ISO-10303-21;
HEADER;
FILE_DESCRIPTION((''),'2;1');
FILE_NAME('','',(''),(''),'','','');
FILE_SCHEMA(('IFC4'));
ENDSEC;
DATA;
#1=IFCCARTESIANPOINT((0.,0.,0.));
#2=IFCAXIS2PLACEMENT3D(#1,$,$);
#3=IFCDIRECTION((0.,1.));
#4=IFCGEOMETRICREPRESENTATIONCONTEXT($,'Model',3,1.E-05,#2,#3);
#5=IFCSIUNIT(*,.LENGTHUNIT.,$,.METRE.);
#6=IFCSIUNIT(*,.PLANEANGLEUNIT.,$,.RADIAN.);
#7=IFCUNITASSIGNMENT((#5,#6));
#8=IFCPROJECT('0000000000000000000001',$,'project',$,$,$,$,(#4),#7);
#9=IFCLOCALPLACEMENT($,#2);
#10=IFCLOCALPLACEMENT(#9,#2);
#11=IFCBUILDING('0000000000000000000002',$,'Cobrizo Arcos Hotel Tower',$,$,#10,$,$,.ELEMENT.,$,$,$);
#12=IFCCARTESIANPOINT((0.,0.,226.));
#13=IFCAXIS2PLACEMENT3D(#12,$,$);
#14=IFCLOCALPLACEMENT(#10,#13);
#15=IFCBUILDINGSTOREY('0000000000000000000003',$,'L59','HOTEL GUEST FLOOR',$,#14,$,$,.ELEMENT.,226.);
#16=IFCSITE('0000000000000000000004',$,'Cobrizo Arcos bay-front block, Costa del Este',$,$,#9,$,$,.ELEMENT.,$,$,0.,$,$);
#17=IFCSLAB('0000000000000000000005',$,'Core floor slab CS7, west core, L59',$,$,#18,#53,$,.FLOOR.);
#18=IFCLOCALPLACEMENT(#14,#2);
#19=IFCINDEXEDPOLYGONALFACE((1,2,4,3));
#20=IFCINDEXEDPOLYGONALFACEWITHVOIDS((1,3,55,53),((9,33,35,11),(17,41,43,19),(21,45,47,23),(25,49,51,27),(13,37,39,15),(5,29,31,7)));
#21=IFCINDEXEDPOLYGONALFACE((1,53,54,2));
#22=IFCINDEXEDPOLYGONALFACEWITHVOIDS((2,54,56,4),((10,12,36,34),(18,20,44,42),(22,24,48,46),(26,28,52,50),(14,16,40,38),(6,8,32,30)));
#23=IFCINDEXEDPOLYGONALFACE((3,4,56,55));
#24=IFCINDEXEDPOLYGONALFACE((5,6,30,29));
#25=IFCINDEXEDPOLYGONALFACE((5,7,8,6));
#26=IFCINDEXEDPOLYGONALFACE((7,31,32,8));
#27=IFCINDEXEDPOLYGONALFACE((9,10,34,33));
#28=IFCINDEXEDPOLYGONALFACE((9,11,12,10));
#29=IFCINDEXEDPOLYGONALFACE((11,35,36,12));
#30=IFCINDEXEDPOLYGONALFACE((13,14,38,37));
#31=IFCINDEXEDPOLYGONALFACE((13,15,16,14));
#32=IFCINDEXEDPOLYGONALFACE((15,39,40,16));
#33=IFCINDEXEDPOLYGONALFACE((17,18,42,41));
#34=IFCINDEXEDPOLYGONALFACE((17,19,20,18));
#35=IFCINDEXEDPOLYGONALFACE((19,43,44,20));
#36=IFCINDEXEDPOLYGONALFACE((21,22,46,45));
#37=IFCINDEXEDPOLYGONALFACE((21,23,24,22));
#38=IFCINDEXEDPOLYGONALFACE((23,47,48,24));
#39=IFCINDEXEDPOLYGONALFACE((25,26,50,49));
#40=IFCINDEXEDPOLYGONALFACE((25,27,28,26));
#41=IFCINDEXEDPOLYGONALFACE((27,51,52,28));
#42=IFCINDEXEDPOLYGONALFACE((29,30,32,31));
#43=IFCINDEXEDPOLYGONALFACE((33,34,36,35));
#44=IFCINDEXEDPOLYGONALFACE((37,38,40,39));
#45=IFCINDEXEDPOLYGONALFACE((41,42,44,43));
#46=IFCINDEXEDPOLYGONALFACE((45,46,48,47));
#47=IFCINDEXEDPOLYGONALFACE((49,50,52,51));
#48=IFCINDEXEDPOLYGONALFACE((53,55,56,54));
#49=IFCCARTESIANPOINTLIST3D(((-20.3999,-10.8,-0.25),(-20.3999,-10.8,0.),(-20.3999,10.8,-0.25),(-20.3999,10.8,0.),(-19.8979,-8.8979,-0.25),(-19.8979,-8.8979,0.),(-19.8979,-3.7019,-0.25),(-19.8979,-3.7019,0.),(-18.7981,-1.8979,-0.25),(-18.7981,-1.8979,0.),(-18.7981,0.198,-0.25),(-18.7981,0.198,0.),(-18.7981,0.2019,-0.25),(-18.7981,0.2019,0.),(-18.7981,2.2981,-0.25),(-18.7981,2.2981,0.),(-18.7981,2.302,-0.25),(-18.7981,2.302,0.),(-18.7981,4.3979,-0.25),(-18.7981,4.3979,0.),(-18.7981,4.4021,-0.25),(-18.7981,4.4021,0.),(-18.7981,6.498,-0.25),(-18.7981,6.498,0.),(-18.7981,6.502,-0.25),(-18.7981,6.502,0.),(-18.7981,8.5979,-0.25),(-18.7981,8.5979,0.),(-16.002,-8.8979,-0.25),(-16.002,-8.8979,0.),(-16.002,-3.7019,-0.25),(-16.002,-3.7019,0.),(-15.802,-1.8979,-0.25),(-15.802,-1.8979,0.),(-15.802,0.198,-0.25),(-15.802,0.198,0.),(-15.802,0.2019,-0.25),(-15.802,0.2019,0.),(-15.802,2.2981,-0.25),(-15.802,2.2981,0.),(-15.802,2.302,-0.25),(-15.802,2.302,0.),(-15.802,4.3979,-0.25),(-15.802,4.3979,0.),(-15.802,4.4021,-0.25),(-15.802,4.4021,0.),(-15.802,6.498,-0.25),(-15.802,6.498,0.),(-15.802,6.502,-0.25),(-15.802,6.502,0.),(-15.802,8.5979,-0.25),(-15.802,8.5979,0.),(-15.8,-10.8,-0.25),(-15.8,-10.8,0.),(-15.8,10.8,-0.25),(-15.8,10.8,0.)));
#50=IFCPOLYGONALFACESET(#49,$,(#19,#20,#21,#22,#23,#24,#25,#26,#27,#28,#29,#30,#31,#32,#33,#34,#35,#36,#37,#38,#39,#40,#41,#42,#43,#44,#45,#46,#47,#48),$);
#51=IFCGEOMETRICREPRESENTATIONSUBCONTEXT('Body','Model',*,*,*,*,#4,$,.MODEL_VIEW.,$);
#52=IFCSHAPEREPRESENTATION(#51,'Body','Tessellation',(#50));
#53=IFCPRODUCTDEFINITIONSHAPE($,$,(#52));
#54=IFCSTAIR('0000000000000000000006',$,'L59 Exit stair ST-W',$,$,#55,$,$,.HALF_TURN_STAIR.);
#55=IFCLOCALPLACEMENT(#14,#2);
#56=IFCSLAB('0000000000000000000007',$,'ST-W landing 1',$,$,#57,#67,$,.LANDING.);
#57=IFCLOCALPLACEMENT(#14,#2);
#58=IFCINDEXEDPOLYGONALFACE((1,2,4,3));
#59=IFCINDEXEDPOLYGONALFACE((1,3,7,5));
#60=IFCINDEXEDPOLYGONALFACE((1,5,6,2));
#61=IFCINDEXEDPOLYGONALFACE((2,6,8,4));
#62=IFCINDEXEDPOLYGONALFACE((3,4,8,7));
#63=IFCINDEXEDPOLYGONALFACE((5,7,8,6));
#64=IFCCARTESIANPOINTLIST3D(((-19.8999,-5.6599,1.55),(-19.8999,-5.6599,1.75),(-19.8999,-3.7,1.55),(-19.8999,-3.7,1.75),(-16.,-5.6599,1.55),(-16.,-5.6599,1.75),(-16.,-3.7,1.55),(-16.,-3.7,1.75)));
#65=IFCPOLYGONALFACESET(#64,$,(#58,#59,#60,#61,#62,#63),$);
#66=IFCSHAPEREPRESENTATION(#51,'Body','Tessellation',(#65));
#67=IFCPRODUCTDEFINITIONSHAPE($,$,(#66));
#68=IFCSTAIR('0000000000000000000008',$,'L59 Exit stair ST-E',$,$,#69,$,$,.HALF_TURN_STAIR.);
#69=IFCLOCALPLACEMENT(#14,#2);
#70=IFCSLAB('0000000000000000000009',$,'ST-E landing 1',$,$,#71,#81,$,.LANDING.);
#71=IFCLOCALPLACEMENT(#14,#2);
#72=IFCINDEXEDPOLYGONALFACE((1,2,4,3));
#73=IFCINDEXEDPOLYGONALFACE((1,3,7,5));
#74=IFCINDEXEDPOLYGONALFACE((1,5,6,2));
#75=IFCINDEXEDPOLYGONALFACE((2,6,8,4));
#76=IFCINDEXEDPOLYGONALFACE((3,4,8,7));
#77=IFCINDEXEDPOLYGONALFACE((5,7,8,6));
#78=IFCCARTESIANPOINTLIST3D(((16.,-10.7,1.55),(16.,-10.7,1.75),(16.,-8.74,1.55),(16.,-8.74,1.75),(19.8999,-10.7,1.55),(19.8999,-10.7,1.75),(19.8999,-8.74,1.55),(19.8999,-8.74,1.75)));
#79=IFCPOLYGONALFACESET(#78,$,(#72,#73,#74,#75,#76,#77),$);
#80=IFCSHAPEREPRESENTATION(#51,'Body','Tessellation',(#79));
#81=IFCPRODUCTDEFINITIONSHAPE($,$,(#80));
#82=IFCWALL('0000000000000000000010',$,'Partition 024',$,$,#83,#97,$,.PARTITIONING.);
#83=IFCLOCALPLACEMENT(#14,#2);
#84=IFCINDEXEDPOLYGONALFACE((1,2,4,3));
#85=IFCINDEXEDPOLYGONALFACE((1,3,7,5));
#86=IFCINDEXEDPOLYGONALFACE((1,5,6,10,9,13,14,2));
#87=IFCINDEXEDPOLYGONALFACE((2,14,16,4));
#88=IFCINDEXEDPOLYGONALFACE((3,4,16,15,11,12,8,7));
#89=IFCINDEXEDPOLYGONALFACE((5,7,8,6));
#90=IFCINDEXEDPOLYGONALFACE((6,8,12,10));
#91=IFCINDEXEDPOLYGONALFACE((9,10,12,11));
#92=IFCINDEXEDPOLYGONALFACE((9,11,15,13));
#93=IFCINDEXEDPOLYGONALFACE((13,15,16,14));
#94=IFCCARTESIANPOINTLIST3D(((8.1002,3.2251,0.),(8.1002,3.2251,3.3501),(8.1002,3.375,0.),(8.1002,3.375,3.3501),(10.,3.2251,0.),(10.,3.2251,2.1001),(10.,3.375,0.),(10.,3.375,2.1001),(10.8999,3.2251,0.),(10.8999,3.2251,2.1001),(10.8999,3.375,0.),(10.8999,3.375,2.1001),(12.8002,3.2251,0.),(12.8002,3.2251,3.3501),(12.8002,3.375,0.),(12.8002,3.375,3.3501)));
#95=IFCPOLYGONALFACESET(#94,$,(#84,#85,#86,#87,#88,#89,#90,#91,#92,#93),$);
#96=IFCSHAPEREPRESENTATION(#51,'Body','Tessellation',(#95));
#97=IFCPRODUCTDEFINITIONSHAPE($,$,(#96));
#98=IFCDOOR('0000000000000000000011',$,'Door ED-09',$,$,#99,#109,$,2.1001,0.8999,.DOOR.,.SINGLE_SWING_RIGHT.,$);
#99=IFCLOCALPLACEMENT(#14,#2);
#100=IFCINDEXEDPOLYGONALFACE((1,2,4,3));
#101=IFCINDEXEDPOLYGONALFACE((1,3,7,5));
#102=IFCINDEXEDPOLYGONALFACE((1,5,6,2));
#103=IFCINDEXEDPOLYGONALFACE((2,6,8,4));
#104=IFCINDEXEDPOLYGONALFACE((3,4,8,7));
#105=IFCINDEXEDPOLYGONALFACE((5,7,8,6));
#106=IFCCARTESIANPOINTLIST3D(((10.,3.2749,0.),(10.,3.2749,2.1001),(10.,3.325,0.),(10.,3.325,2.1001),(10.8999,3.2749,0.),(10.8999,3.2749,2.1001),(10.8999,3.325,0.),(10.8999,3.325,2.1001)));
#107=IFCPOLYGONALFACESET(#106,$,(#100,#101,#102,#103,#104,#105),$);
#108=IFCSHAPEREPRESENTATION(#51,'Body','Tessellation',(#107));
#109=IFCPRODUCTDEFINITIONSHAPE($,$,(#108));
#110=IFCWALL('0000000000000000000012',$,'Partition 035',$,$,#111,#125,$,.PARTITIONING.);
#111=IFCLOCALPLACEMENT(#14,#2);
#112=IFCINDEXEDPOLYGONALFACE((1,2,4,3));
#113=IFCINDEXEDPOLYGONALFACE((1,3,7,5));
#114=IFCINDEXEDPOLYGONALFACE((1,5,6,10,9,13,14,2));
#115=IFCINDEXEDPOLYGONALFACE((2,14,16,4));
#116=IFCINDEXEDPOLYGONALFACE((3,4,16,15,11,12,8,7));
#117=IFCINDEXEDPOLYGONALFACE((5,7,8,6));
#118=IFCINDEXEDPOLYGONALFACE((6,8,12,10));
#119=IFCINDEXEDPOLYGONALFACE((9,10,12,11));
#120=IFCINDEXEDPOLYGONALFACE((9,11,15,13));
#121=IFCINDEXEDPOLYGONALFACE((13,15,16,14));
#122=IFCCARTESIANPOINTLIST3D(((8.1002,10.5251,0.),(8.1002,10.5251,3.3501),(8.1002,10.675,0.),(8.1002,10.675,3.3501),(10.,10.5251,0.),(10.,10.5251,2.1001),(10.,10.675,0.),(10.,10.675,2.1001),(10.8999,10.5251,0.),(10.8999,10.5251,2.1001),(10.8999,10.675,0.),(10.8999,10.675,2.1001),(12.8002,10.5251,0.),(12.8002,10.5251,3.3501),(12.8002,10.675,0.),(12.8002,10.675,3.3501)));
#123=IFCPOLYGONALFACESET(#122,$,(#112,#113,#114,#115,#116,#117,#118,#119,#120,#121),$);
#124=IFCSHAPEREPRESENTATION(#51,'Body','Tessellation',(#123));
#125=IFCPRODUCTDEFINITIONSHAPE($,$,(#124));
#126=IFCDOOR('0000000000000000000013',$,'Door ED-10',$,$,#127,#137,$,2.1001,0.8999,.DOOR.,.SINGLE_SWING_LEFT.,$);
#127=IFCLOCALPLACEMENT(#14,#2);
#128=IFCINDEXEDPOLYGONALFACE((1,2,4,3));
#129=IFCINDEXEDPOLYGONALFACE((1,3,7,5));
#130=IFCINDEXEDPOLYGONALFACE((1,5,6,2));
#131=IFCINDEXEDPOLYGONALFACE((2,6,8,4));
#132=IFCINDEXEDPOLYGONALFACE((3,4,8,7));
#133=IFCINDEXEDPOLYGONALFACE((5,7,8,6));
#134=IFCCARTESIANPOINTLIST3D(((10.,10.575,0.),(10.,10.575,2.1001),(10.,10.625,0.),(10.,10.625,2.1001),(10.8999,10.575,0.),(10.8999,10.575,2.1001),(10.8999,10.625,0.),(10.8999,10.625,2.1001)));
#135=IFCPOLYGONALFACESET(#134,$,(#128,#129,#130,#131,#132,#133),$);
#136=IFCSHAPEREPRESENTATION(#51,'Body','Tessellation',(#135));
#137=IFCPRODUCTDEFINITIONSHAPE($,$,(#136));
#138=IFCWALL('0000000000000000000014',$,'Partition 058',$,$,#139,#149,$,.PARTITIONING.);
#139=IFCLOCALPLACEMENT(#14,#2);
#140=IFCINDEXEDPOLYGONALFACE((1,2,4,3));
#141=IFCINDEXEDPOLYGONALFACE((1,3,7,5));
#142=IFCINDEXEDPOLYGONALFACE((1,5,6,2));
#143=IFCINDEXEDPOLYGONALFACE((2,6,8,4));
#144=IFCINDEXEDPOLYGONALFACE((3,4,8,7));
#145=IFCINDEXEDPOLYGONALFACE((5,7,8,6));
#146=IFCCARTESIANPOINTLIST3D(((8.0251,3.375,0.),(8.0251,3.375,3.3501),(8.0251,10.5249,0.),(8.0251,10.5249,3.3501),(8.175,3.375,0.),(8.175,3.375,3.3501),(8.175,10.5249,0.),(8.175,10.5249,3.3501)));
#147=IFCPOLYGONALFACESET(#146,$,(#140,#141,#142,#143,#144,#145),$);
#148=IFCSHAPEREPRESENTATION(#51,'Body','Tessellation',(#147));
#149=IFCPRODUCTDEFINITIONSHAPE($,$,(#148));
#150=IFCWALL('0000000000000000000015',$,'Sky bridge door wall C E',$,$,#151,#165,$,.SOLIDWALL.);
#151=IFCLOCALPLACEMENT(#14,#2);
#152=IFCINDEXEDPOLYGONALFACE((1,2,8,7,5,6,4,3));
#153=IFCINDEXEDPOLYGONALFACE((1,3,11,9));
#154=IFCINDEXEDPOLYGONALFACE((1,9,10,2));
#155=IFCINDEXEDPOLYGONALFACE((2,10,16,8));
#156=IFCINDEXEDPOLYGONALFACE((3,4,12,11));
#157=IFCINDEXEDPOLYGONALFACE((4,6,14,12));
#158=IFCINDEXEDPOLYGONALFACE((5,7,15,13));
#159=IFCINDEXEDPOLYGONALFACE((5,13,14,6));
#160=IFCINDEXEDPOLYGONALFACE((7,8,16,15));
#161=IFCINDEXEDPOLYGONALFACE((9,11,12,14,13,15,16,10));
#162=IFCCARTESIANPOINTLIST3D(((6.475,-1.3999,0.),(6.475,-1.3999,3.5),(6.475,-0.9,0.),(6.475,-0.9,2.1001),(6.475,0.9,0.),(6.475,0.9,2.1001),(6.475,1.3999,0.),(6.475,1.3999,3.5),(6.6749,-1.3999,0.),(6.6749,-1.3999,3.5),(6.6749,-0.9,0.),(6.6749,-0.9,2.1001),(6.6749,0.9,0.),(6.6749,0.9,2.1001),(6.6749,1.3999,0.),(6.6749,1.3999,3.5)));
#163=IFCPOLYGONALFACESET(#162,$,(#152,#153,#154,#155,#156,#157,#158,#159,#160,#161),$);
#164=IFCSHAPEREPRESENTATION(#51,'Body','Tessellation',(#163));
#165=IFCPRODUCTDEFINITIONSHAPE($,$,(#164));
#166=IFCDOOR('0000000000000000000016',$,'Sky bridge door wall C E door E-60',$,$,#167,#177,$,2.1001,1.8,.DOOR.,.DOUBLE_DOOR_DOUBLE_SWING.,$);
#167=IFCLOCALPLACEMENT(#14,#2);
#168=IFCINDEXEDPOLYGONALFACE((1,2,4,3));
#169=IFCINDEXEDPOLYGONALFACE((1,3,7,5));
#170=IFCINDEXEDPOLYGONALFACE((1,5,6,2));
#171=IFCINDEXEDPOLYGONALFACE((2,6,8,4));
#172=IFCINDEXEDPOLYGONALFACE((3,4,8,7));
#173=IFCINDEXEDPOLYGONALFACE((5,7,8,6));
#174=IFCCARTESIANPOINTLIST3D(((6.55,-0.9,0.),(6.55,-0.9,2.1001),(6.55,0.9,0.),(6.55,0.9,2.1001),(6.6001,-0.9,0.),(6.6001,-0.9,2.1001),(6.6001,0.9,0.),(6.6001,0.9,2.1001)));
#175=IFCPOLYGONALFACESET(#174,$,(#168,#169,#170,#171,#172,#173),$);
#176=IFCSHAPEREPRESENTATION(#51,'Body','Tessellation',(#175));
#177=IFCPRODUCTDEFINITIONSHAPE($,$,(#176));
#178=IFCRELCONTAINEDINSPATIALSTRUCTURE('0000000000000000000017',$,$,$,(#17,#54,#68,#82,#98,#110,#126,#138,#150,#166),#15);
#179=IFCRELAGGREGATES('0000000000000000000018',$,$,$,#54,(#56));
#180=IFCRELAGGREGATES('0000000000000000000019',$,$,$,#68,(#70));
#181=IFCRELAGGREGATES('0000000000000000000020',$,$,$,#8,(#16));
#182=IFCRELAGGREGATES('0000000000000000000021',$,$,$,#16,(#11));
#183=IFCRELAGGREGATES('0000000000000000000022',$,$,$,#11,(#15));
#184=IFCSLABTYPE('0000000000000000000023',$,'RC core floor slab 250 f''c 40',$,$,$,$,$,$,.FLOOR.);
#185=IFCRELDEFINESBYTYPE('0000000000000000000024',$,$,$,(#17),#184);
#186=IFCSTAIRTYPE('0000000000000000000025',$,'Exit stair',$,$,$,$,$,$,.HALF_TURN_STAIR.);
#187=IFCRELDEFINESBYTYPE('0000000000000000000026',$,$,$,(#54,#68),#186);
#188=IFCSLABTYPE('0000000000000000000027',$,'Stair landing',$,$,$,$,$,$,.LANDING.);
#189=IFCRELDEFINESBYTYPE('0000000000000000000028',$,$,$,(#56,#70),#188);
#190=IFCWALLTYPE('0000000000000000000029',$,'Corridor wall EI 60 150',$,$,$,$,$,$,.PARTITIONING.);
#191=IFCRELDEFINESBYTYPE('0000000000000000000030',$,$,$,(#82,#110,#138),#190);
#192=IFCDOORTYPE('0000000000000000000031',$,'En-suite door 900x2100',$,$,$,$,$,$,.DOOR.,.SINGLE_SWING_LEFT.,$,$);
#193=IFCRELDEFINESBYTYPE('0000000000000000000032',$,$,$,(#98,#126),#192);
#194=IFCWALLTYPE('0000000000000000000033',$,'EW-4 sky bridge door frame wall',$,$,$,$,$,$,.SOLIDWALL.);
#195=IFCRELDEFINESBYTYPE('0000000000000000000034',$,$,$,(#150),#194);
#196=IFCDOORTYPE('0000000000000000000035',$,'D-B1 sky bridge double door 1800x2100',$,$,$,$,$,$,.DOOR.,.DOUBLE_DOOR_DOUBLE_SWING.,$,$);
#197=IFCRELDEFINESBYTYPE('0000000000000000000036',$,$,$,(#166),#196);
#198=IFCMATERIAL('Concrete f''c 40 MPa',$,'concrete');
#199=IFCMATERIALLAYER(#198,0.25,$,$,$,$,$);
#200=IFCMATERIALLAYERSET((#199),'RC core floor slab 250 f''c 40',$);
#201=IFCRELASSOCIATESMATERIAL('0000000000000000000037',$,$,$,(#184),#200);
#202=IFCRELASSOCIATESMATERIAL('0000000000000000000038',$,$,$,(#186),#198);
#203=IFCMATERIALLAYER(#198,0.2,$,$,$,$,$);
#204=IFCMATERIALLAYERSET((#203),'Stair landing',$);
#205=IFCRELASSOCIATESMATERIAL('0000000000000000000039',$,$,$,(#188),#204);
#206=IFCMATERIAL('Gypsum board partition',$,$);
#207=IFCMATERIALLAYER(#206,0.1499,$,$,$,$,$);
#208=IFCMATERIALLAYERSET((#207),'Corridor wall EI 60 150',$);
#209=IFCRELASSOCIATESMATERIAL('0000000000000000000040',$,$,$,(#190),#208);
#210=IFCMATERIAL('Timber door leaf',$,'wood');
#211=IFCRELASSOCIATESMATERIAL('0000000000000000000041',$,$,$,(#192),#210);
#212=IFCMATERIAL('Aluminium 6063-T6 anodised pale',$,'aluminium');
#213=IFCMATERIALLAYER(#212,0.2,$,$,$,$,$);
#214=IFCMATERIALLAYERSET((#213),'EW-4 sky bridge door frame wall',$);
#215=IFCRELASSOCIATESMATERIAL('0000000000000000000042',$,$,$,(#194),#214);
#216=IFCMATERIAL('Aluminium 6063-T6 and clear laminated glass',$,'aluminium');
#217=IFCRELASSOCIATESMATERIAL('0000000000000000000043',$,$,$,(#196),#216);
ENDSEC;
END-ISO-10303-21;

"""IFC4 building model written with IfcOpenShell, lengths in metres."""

from ifc_helpers import new_model, si_unit, direction, frame, frame_2d, origin, place, context, subcontext, project, spatial, polyline, rectangle, outline, extrude, material, layer, layer_set, type_object, element, fill, aggregate, save


model = new_model("IFC4")

# Units and contexts
model_context = context("Model", 3, precision=1e-05, world=origin(), true_north=direction((0.0, 1.0)))
body_context = subcontext(model_context, "Body", "Model", "MODEL_VIEW")
ifc_project = project(units=[si_unit("LENGTHUNIT", "METRE"), si_unit("PLANEANGLEUNIT", "RADIAN")], contexts=[model_context])

# Site, building, storey
site_placement = place(None, origin())
site = spatial("IfcSite", under=ifc_project, at=site_placement, Name="Cobrizo Arcos bay-front block, Costa del Este", CompositionType="ELEMENT", RefElevation=0.0)
building_placement = place(site_placement, origin())
building = spatial("IfcBuilding", under=site, at=building_placement, Name="Cobrizo Arcos Hotel Tower", CompositionType="ELEMENT")
storey_placement = place(building_placement, frame((0.0, 0.0, 226.0)))
storey = spatial("IfcBuildingStorey", under=building, at=storey_placement, Name="L59", Description="HOTEL GUEST FLOOR", CompositionType="ELEMENT", Elevation=226.0)

# Slab
ifc_material_1 = material(Name="Concrete f'c 40 MPa", Category="concrete")
ifc_layer_1 = layer(ifc_material_1, 0.25)
ifc_layer_set_1 = layer_set([ifc_layer_1], Name="RC core floor slab 250 f'c 40")
slab_type_1 = type_object("IfcSlabType", Name="RC core floor slab 250 f'c 40", PredefinedType="FLOOR", material=ifc_layer_set_1)
slab_1_placement = place(storey_placement, frame((0.0, 0.0, -0.25)))
element("IfcSlab", 1, at=slab_1_placement, inside=storey, type_object=slab_type_1, Name="Core floor slab CS7, west core, L59", PredefinedType="FLOOR", context=body_context, shape_type="SweptSolid", body=[
    extrude(outline(polyline([(-20.3999, 10.8), (-15.8, 10.8), (-15.8, -10.8), (-20.3999, -10.8), (-20.3999, 10.8)]), holes=[polyline([(-19.8979, -3.7019), (-19.8979, -8.8979), (-16.002, -8.8979), (-16.002, -3.7019), (-19.8979, -3.7019)]), polyline([(-18.7981, 0.198), (-18.7981, -1.8979), (-15.802, -1.8979), (-15.802, 0.198), (-18.7981, 0.198)]), polyline([(-18.7981, 2.2981), (-18.7981, 0.2019), (-15.802, 0.2019), (-15.802, 2.2981), (-18.7981, 2.2981)]), polyline([(-18.7981, 4.3979), (-18.7981, 2.302), (-15.802, 2.302), (-15.802, 4.3979), (-18.7981, 4.3979)]), polyline([(-15.802, 6.498), (-18.7981, 6.498), (-18.7981, 4.4021), (-15.802, 4.4021), (-15.802, 6.498)]), polyline([(-15.802, 8.5979), (-18.7981, 8.5979), (-18.7981, 6.502), (-15.802, 6.502), (-15.802, 8.5979)])]), origin(), (0.0, 0.0, 1.0), 0.25),
])

# Stairs, slabs
stair_type = type_object("IfcStairType", Name="Exit stair", PredefinedType="HALF_TURN_STAIR", material=ifc_material_1)
stair_1_placement = place(storey_placement, origin())
stair_1 = element("IfcStair", 2, at=stair_1_placement, inside=storey, type_object=stair_type, Name="L59 Exit stair ST-W", PredefinedType="HALF_TURN_STAIR")
ifc_layer_2 = layer(ifc_material_1, 0.2)
ifc_layer_set_2 = layer_set([ifc_layer_2], Name="Stair landing")
slab_type_2 = type_object("IfcSlabType", Name="Stair landing", PredefinedType="LANDING", material=ifc_layer_set_2)
slab_2_placement = place(storey_placement, frame((0.0, 0.0, 1.55)))
slab_2 = element("IfcSlab", 3, at=slab_2_placement, type_object=slab_type_2, Name="ST-W landing 1", PredefinedType="LANDING", context=body_context, shape_type="SweptSolid", body=[
    extrude(outline(polyline([(-16.0, -5.6599), (-16.0, -3.7), (-19.8999, -3.7), (-19.8999, -5.6599), (-16.0, -5.6599)])), origin(), (0.0, 0.0, 1.0), 0.2),
])
aggregate(stair_1, [slab_2])
stair_2_placement = place(storey_placement, origin())
stair_2 = element("IfcStair", 4, at=stair_2_placement, inside=storey, type_object=stair_type, Name="L59 Exit stair ST-E", PredefinedType="HALF_TURN_STAIR")
slab_3_placement = place(storey_placement, frame((0.0, 0.0, 1.55)))
slab_3 = element("IfcSlab", 5, at=slab_3_placement, type_object=slab_type_2, Name="ST-E landing 1", PredefinedType="LANDING", context=body_context, shape_type="SweptSolid", body=[
    extrude(outline(polyline([(16.0, -8.74), (16.0, -10.7), (19.8999, -10.7), (19.8999, -8.74), (16.0, -8.74)])), origin(), (0.0, 0.0, 1.0), 0.2),
])
aggregate(stair_2, [slab_3])

# Walls, openings, doors
ifc_material_2 = material(Name="Gypsum board partition")
ifc_layer_3 = layer(ifc_material_2, 0.1499)
ifc_layer_set_3 = layer_set([ifc_layer_3], Name="Corridor wall EI 60 150")
wall_type_1 = type_object("IfcWallType", Name="Corridor wall EI 60 150", PredefinedType="PARTITIONING", material=ifc_layer_set_3)
wall_1_placement = place(storey_placement, frame((8.1001, 3.3, 0.0), z_axis=(0.0, 0.0, 1.0), x_axis=(1.0, 0.0, 0.0)))
wall_1 = element("IfcWall", 6, at=wall_1_placement, inside=storey, type_object=wall_type_1, Name="Partition 024", PredefinedType="PARTITIONING", context=body_context, shape_type="SweptSolid", body=[
    extrude(rectangle(XDim=4.7, YDim=0.1499, at=frame_2d((2.3501, 0.0))), origin(), (0.0, 0.0, 1.0), 3.3501),
])
opening_1_placement = place(wall_1_placement, frame((1.8999, 0.0, 0.0)))
opening_1 = element("IfcOpeningElement", 7, at=opening_1_placement, cuts=wall_1, PredefinedType="OPENING", context=body_context, shape_type="SweptSolid", body=[
    extrude(rectangle(XDim=0.8999, YDim=2.1001, at=frame_2d((0.45, 1.05))), frame((0.0, 0.0869, 0.0), z_axis=(0.0, -1.0, 0.0), x_axis=(1.0, 0.0, 0.0)), (0.0, 0.0, 1.0), 0.1738),
])
ifc_material_3 = material(Name="Timber door leaf", Category="wood")
door_type_1 = type_object("IfcDoorType", Name="En-suite door 900x2100", OperationType="SINGLE_SWING_LEFT", PredefinedType="DOOR", material=ifc_material_3)
door_1_placement = place(opening_1_placement, origin())
door_1 = element("IfcDoor", 8, at=door_1_placement, inside=storey, type_object=door_type_1, Name="Door ED-09", OperationType="SINGLE_SWING_RIGHT", OverallHeight=2.1001, OverallWidth=0.8999, PredefinedType="DOOR", context=body_context, shape_type="SweptSolid", body=[
    extrude(rectangle(XDim=0.8999, YDim=2.1001, at=frame_2d((0.45, 1.05))), frame((0.0, 0.0249, 0.0), z_axis=(0.0, -1.0, 0.0), x_axis=(1.0, 0.0, 0.0)), (0.0, 0.0, 1.0), 0.05),
])
fill(opening_1, door_1)
wall_2_placement = place(storey_placement, frame((8.1001, 10.6001, 0.0), z_axis=(0.0, 0.0, 1.0), x_axis=(1.0, 0.0, 0.0)))
wall_2 = element("IfcWall", 9, at=wall_2_placement, inside=storey, type_object=wall_type_1, Name="Partition 035", PredefinedType="PARTITIONING", context=body_context, shape_type="SweptSolid", body=[
    extrude(rectangle(XDim=4.7, YDim=0.1499, at=frame_2d((2.3501, 0.0))), origin(), (0.0, 0.0, 1.0), 3.3501),
])
opening_2_placement = place(wall_2_placement, frame((1.8999, 0.0, 0.0)))
opening_2 = element("IfcOpeningElement", 10, at=opening_2_placement, cuts=wall_2, PredefinedType="OPENING", context=body_context, shape_type="SweptSolid", body=[
    extrude(rectangle(XDim=0.8999, YDim=2.1001, at=frame_2d((0.45, 1.05))), frame((0.0, 0.0869, 0.0), z_axis=(0.0, -1.0, 0.0), x_axis=(1.0, 0.0, 0.0)), (0.0, 0.0, 1.0), 0.1738),
])
door_2_placement = place(opening_2_placement, origin())
door_2 = element("IfcDoor", 11, at=door_2_placement, inside=storey, type_object=door_type_1, Name="Door ED-10", OperationType="SINGLE_SWING_LEFT", OverallHeight=2.1001, OverallWidth=0.8999, PredefinedType="DOOR", context=body_context, shape_type="SweptSolid", body=[
    extrude(rectangle(XDim=0.8999, YDim=2.1001, at=frame_2d((0.45, 1.05))), frame((0.0, 0.0249, 0.0), z_axis=(0.0, -1.0, 0.0), x_axis=(1.0, 0.0, 0.0)), (0.0, 0.0, 1.0), 0.05),
])
fill(opening_2, door_2)

# Wall
wall_3_placement = place(storey_placement, frame((8.1001, 3.375, 0.0), z_axis=(0.0, 0.0, 1.0), x_axis=(0.0, 1.0, 0.0)))
element("IfcWall", 12, at=wall_3_placement, inside=storey, type_object=wall_type_1, Name="Partition 058", PredefinedType="PARTITIONING", context=body_context, shape_type="SweptSolid", body=[
    extrude(rectangle(XDim=7.1499, YDim=0.1499, at=frame_2d((3.575, 0.0))), origin(), (0.0, 0.0, 1.0), 3.3501),
])

# Wall, opening, door
ifc_material_4 = material(Name="Aluminium 6063-T6 anodised pale", Category="aluminium")
ifc_layer_4 = layer(ifc_material_4, 0.2)
ifc_layer_set_4 = layer_set([ifc_layer_4], Name="EW-4 sky bridge door frame wall")
wall_type_2 = type_object("IfcWallType", Name="EW-4 sky bridge door frame wall", PredefinedType="SOLIDWALL", material=ifc_layer_set_4)
wall_4_placement = place(storey_placement, frame((6.575, -1.3999, 0.0), z_axis=(0.0, 0.0, 1.0), x_axis=(0.0, 1.0, 0.0)))
wall_4 = element("IfcWall", 13, at=wall_4_placement, inside=storey, type_object=wall_type_2, Name="Sky bridge door wall C E", PredefinedType="SOLIDWALL", context=body_context, shape_type="SweptSolid", body=[
    extrude(rectangle(XDim=2.7998, YDim=0.2, at=frame_2d((1.3999, 0.0))), origin(), (0.0, 0.0, 1.0), 3.5),
])
opening_3_placement = place(wall_4_placement, frame((0.5, 0.0, 0.0)))
opening_3 = element("IfcOpeningElement", 14, at=opening_3_placement, cuts=wall_4, PredefinedType="OPENING", context=body_context, shape_type="SweptSolid", body=[
    extrude(rectangle(XDim=1.8, YDim=2.1001, at=frame_2d((0.8999, 1.05))), frame((0.0, 0.1121, 0.0), z_axis=(0.0, -1.0, 0.0), x_axis=(1.0, 0.0, 0.0)), (0.0, 0.0, 1.0), 0.2239),
])
ifc_material_5 = material(Name="Aluminium 6063-T6 and clear laminated glass", Category="aluminium")
door_type_2 = type_object("IfcDoorType", Name="D-B1 sky bridge double door 1800x2100", OperationType="DOUBLE_DOOR_DOUBLE_SWING", PredefinedType="DOOR", material=ifc_material_5)
door_3_placement = place(opening_3_placement, origin())
door_3 = element("IfcDoor", 15, at=door_3_placement, inside=storey, type_object=door_type_2, Name="Sky bridge door wall C E door E-60", OperationType="DOUBLE_DOOR_DOUBLE_SWING", OverallHeight=2.1001, OverallWidth=1.8, PredefinedType="DOOR", context=body_context, shape_type="SweptSolid", body=[
    extrude(rectangle(XDim=1.8, YDim=2.1001, at=frame_2d((0.8999, 1.05))), frame((0.0, 0.0249, 0.0), z_axis=(0.0, -1.0, 0.0), x_axis=(1.0, 0.0, 0.0)), (0.0, 0.0, 1.0), 0.05),
])
fill(opening_3, door_3)

save(model, "model.ifc")
